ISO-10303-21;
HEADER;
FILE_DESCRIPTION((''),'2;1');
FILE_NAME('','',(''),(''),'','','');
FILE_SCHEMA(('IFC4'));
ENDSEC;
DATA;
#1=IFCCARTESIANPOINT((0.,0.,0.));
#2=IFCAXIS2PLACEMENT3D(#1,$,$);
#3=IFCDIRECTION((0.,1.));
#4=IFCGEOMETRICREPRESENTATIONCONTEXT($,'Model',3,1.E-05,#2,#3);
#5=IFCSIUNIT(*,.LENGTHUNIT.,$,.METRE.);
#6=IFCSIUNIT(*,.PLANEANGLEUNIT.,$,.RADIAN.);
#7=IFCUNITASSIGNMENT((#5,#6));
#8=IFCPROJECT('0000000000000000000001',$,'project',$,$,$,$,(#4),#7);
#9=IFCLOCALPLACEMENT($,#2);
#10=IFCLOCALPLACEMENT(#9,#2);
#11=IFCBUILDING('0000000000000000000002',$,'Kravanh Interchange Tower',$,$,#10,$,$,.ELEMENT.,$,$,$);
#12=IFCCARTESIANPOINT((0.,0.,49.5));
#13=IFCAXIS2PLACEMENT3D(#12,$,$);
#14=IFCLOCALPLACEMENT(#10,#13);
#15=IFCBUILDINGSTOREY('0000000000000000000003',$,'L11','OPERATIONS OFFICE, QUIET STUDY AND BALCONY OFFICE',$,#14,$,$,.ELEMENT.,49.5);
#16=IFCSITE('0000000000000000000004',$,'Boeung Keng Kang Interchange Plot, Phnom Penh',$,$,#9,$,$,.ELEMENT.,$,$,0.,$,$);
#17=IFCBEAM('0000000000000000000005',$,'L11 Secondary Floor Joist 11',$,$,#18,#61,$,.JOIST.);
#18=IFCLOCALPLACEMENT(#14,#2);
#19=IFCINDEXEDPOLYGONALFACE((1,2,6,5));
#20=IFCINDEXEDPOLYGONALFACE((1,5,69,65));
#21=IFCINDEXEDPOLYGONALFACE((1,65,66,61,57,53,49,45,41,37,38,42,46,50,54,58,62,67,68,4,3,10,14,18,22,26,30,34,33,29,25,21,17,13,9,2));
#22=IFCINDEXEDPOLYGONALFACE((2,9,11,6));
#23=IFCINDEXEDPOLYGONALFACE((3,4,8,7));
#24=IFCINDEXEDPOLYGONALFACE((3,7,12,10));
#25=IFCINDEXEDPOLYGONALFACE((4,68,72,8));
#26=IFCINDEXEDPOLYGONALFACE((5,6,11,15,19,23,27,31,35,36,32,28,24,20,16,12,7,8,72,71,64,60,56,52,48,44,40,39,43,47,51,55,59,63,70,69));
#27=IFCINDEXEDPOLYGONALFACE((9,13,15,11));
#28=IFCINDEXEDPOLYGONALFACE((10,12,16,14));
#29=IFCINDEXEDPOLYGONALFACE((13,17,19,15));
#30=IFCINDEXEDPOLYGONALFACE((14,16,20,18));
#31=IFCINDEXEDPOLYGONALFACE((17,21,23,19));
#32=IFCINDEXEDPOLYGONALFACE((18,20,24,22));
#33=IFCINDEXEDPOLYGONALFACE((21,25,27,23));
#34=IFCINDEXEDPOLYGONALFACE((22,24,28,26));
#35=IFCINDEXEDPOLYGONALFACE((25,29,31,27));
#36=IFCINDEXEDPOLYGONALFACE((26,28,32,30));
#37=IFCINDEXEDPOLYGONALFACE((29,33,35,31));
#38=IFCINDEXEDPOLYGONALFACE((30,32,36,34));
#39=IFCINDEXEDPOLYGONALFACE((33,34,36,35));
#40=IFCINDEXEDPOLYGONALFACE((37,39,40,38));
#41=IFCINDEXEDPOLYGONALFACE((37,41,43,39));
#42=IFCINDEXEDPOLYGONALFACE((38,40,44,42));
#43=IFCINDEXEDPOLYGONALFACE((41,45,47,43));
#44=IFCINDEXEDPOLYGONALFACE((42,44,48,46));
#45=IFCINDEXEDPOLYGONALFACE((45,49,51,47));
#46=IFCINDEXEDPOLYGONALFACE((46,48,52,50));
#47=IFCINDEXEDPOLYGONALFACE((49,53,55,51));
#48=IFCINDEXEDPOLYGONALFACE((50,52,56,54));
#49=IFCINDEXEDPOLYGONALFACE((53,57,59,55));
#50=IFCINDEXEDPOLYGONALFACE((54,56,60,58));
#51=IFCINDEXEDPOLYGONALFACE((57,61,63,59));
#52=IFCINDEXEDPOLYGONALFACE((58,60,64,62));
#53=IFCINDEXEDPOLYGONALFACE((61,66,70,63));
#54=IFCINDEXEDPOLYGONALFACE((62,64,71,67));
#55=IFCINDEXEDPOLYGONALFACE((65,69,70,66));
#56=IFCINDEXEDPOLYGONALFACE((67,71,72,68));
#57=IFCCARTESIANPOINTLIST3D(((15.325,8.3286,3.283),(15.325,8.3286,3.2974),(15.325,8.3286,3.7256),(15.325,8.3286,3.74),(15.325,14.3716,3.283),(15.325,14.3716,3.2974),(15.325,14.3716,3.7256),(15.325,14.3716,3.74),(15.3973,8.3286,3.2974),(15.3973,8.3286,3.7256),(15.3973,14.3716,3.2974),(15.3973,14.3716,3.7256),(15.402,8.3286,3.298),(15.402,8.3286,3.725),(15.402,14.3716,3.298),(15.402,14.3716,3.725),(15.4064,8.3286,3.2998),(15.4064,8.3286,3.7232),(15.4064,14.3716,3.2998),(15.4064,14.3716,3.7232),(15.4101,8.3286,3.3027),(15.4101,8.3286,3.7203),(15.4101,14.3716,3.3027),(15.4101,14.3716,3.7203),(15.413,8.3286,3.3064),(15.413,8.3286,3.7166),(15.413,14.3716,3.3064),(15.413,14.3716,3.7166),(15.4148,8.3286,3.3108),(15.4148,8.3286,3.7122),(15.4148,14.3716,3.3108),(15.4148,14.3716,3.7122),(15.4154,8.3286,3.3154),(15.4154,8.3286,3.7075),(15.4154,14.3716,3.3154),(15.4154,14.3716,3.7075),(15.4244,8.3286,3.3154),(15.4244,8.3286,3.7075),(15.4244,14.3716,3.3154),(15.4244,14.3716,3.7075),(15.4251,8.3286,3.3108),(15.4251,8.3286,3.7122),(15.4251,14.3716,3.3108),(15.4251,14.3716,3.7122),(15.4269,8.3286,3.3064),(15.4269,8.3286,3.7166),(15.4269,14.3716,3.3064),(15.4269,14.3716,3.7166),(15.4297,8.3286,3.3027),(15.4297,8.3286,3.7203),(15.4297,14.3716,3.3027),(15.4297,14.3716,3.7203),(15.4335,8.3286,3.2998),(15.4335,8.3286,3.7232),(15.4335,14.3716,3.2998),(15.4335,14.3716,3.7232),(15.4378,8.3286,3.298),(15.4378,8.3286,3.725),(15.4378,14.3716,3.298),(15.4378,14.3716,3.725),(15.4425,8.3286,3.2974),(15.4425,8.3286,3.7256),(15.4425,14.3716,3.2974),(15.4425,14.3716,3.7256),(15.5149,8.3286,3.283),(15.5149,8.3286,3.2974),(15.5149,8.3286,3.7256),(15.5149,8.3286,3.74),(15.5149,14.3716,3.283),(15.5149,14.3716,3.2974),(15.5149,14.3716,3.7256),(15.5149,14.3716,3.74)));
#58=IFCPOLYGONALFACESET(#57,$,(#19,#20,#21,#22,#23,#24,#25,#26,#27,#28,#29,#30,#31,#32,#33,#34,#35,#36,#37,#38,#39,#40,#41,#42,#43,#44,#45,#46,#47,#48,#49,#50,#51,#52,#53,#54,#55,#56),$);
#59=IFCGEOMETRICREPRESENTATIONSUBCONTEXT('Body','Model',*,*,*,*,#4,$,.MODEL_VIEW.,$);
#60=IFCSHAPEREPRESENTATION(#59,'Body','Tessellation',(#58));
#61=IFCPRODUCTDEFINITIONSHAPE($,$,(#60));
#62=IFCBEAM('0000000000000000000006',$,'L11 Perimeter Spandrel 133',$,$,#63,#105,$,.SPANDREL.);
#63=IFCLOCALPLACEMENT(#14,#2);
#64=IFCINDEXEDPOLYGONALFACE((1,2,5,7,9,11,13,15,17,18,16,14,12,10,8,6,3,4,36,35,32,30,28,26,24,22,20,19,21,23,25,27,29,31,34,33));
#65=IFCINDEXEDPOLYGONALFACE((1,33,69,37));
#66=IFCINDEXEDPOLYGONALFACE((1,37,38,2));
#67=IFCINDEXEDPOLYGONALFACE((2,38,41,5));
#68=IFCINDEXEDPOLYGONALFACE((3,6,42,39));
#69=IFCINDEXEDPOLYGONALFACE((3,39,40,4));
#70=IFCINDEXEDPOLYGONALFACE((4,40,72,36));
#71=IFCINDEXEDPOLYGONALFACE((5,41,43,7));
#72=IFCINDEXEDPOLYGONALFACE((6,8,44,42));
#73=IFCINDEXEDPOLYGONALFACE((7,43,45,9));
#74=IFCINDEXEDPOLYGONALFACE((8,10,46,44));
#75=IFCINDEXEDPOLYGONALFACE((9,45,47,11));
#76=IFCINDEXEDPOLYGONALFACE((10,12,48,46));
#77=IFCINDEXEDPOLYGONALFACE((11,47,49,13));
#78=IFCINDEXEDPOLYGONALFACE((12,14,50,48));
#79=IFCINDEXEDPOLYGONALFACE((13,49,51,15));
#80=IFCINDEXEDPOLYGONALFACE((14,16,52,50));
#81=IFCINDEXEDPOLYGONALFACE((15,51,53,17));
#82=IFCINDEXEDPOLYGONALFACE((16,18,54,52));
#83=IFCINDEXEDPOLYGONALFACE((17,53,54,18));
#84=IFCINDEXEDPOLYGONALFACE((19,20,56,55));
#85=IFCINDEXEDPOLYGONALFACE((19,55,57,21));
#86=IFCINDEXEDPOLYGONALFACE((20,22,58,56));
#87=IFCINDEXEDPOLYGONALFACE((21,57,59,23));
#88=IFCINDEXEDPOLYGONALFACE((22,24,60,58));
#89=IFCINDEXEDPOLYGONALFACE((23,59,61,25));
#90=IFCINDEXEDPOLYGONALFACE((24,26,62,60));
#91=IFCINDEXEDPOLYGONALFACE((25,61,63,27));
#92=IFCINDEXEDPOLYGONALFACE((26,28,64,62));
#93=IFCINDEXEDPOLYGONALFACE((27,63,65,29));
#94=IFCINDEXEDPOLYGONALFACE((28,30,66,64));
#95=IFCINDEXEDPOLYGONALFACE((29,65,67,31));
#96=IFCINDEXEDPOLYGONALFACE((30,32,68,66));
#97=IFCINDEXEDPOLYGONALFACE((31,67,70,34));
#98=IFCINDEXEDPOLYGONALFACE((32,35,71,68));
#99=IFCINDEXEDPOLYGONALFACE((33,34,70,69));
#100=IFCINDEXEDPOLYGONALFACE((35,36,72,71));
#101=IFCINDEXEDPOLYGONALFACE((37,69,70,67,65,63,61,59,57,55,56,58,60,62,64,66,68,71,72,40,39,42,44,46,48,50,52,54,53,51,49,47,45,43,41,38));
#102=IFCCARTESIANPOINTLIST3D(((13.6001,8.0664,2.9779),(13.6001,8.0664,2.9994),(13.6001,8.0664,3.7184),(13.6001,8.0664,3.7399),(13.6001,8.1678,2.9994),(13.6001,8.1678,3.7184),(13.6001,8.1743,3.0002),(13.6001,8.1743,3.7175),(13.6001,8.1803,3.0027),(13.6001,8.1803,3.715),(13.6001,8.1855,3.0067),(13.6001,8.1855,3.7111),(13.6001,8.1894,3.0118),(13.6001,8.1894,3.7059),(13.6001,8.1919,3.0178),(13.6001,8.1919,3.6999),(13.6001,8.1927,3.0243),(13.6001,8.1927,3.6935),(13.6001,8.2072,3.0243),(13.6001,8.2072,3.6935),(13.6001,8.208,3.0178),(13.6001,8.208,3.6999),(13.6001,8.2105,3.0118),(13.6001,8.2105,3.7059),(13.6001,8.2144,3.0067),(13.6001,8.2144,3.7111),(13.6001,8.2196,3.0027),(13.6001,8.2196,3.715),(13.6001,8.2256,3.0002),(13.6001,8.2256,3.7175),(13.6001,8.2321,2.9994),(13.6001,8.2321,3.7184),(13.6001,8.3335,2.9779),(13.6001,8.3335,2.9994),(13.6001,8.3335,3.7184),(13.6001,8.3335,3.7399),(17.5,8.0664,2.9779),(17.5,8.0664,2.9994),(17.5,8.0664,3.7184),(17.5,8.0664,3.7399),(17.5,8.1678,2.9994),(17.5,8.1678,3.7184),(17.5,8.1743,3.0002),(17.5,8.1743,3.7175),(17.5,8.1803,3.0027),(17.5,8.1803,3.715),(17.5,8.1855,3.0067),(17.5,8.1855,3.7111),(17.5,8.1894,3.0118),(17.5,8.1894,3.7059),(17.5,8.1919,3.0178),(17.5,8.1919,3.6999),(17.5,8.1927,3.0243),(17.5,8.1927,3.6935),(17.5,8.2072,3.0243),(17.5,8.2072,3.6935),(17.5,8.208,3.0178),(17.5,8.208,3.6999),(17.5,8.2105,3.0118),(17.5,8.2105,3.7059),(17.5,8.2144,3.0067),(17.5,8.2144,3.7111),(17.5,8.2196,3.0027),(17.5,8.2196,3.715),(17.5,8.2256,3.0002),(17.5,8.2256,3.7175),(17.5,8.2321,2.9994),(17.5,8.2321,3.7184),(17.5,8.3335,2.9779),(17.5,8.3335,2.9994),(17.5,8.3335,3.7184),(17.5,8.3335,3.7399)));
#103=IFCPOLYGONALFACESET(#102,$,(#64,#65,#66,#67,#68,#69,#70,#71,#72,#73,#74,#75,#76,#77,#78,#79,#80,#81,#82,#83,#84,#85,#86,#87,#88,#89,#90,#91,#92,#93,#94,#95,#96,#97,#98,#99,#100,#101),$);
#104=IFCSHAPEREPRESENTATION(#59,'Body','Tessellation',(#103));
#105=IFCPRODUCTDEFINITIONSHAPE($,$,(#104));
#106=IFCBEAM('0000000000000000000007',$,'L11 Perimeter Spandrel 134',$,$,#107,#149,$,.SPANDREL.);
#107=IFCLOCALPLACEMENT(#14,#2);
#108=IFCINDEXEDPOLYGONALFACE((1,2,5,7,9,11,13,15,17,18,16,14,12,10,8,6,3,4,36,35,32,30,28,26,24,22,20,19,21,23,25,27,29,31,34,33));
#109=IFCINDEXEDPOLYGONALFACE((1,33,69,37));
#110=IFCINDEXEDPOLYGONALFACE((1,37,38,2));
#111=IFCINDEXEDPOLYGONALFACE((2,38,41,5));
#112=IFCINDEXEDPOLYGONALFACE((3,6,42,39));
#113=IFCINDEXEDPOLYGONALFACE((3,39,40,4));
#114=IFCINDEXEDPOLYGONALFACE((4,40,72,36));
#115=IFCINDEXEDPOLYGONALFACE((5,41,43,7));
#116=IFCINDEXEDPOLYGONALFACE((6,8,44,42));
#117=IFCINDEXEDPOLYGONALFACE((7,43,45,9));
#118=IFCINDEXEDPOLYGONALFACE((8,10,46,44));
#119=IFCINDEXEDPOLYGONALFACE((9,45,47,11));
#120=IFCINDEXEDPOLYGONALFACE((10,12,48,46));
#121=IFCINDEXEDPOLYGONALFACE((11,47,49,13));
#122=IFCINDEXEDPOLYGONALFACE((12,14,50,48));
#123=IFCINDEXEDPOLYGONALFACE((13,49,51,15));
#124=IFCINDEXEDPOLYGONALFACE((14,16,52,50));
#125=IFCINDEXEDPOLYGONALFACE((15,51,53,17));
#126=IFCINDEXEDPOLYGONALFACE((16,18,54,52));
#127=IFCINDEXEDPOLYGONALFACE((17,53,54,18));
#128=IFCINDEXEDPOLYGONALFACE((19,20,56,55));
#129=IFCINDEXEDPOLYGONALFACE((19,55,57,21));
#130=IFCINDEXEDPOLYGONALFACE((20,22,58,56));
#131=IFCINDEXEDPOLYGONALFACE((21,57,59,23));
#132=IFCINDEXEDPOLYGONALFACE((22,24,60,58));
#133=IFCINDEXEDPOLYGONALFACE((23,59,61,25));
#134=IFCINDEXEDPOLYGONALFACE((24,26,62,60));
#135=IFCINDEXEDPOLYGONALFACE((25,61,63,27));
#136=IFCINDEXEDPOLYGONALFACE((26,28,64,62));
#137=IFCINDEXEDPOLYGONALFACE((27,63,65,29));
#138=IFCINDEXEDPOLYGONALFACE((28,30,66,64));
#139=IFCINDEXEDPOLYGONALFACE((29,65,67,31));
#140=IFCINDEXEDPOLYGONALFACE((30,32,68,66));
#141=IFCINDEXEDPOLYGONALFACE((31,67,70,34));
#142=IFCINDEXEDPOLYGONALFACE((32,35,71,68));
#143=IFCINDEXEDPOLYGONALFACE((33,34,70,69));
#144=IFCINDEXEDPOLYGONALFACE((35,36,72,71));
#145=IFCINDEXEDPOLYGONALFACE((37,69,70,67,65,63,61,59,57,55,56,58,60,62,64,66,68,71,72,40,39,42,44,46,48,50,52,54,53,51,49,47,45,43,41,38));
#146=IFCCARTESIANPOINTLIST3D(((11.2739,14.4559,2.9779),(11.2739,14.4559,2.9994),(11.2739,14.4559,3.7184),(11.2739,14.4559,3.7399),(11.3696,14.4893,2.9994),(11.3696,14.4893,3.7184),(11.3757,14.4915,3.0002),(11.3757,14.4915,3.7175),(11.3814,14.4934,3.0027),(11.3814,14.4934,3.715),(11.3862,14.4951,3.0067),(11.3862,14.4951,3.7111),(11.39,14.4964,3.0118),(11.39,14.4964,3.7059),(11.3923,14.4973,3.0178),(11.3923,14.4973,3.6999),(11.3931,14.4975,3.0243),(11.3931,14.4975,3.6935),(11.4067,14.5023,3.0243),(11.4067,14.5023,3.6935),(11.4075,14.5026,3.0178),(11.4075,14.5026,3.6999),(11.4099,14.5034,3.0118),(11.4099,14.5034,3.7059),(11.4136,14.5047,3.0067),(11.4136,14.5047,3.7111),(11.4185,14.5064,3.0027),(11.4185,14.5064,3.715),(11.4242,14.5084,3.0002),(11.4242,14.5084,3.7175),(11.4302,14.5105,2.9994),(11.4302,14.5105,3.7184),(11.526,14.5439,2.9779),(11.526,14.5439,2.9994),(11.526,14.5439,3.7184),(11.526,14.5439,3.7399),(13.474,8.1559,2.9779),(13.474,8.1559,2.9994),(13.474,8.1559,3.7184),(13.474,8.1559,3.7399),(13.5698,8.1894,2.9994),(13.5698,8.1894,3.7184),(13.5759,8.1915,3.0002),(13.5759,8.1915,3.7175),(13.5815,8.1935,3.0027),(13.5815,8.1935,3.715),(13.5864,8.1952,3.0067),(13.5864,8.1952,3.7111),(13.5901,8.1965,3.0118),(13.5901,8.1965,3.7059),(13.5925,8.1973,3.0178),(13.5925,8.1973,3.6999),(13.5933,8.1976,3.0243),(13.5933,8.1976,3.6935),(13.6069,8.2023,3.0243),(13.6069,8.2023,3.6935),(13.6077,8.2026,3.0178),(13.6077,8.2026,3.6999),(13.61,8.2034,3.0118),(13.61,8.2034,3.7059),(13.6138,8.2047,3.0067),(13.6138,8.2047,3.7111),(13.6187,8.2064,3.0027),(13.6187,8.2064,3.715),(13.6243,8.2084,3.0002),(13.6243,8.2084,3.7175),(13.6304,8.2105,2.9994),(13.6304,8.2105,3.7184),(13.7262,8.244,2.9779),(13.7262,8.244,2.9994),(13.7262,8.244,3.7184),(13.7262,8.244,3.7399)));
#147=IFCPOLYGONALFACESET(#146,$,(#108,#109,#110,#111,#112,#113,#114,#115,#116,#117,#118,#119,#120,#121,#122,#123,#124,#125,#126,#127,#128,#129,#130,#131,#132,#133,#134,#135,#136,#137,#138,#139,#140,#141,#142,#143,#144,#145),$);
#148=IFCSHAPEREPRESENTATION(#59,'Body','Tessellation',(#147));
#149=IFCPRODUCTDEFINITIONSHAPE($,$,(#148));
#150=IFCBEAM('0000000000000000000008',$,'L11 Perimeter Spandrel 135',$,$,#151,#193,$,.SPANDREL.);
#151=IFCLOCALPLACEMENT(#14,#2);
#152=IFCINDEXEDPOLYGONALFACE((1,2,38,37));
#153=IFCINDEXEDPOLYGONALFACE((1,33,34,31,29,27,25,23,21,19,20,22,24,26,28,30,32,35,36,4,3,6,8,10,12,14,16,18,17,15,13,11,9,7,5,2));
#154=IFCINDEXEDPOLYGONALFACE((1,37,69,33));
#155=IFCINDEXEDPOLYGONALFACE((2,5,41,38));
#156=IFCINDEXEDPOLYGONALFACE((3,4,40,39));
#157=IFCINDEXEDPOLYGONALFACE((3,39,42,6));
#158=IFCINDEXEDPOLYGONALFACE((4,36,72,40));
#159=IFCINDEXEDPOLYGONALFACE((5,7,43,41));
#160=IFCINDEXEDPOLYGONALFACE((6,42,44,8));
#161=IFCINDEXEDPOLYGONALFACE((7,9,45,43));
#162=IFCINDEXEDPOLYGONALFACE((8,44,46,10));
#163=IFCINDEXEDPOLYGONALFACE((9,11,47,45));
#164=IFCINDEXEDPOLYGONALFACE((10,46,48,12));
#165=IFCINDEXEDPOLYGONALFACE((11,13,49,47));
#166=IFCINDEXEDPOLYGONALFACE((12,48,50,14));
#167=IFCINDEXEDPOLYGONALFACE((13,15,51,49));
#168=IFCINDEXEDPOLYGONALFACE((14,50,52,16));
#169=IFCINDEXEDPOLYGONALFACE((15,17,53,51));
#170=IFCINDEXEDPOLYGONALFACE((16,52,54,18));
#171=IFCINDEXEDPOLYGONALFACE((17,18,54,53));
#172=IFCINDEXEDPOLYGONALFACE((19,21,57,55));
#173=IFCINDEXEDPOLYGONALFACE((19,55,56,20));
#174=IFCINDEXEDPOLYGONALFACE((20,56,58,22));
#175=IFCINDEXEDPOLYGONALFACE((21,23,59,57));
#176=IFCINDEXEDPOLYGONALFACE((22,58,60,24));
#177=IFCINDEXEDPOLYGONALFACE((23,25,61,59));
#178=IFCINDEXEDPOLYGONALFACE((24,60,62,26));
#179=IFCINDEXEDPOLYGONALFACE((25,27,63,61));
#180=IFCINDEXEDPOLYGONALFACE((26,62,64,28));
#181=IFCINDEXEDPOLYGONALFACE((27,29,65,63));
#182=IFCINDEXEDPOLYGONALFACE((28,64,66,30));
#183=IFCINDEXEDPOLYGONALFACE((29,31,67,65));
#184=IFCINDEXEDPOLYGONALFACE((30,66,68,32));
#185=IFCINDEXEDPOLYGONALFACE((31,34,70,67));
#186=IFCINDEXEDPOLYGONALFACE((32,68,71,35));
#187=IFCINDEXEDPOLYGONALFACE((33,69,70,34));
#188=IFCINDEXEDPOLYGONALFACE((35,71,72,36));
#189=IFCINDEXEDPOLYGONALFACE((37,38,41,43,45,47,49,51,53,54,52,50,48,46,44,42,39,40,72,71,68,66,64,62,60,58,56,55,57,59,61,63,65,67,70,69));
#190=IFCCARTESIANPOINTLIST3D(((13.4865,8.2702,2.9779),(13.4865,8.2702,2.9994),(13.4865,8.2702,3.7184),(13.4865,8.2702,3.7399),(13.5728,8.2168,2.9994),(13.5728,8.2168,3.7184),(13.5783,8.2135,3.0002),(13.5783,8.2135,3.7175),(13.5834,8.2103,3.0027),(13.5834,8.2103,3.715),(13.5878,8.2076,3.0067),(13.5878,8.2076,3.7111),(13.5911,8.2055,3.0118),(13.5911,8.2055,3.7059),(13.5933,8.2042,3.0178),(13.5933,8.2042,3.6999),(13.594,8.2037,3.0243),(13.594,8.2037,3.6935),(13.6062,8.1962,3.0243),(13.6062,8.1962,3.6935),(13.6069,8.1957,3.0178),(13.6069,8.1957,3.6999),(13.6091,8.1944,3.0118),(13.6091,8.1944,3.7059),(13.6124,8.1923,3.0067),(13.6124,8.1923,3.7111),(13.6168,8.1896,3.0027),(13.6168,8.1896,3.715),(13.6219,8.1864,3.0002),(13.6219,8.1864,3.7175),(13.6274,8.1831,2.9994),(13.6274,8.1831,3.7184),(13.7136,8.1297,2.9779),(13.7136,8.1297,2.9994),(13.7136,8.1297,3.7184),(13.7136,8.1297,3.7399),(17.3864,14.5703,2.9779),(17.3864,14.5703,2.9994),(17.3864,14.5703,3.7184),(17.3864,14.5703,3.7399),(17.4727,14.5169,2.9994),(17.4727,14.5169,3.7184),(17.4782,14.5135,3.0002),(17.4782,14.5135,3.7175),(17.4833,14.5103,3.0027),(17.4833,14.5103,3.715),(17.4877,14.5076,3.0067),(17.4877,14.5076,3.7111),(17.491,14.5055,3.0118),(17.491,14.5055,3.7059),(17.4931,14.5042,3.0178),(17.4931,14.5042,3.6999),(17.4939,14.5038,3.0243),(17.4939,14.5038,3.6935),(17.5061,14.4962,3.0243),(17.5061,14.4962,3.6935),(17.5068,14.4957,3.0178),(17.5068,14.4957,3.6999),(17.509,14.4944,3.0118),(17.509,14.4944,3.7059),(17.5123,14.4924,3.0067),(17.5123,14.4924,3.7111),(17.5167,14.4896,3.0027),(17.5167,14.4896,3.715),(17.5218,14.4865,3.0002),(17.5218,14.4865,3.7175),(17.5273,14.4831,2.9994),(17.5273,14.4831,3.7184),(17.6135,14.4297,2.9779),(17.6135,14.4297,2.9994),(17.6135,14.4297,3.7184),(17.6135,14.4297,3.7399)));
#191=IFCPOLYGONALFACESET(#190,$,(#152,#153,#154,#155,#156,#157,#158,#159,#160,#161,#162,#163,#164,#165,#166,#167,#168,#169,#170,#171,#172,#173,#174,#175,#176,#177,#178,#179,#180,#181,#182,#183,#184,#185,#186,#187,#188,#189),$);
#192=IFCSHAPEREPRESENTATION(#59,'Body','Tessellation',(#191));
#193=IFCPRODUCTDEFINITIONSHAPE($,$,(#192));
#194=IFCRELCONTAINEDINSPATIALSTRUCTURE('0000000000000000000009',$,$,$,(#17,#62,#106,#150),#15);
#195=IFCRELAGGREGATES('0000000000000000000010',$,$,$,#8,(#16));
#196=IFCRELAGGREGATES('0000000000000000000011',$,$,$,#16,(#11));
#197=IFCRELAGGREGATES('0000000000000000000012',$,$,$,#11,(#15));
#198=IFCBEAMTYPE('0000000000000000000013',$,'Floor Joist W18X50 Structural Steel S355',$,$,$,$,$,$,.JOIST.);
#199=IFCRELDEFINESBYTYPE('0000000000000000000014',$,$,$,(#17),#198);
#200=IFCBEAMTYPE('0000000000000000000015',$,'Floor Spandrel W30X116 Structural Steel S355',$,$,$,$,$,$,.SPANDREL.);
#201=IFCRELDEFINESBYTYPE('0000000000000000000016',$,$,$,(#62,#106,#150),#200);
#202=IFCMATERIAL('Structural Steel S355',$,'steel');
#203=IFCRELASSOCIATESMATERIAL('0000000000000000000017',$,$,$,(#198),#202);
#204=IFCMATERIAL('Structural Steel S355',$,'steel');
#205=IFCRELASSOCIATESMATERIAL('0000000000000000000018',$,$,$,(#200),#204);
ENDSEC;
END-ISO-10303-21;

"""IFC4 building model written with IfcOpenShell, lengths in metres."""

from ifc_helpers import new_model, si_unit, direction, frame, origin, origin_2d, place, context, subcontext, project, spatial, i_section, extrude, material, material_profile, profile_set, type_object, element, save


model = new_model("IFC4")

# Units and contexts
model_context = context("Model", 3, precision=1e-05, world=origin(), true_north=direction((0.0, 1.0)))
body_context = subcontext(model_context, "Body", "Model", "MODEL_VIEW")
ifc_project = project(units=[si_unit("LENGTHUNIT", "METRE"), si_unit("PLANEANGLEUNIT", "RADIAN")], contexts=[model_context])

# Site, building, storey
site_placement = place(None, origin())
site = spatial("IfcSite", under=ifc_project, at=site_placement, Name="Boeung Keng Kang Interchange Plot, Phnom Penh", CompositionType="ELEMENT", RefElevation=0.0)
building_placement = place(site_placement, origin())
building = spatial("IfcBuilding", under=site, at=building_placement, Name="Kravanh Interchange Tower", CompositionType="ELEMENT")
storey_placement = place(building_placement, frame((0.0, 0.0, 49.5)))
storey = spatial("IfcBuildingStorey", under=building, at=storey_placement, Name="L11", Description="OPERATIONS OFFICE, QUIET STUDY AND BALCONY OFFICE", CompositionType="ELEMENT", Elevation=49.5)

# Beams
ifc_material_1 = material(Name="Structural Steel S355", Category="steel")
ifc_material_profile_1 = material_profile(ifc_material_1, i_section(OverallWidth=0.1899, OverallDepth=0.457, WebThickness=0.009, FlangeThickness=0.0144, FilletRadius=0.0181, at=origin_2d()), Name="W18X50")
ifc_profile_set_1 = profile_set([ifc_material_profile_1], Name="Structural Steel S355")
beam_type_1 = type_object("IfcBeamType", Name="Floor Joist W18X50 Structural Steel S355", PredefinedType="JOIST", material=ifc_profile_set_1)
for number, where, z_axis, x_axis, name in (
    (1, (15.4199, 8.3286, 3.5115), (0.0, 1.0, 0.0), (-1.0, 0.0, 0.0), "L11 Secondary Floor Joist 11"),
):
    element("IfcBeam", number, at=place(storey_placement, frame(where, z_axis=z_axis, x_axis=x_axis)), inside=storey, type_object=beam_type_1, Name=name, PredefinedType="JOIST", context=body_context, shape_type="SweptSolid", body=[
        extrude(i_section(OverallWidth=0.1899, OverallDepth=0.457, WebThickness=0.009, FlangeThickness=0.0144, FilletRadius=0.0181, at=origin_2d()), origin(), (0.0, 0.0, 1.0), 6.043),
    ])
ifc_material_2 = material(Name="Structural Steel S355", Category="steel")
ifc_material_profile_2 = material_profile(ifc_material_2, i_section(OverallWidth=0.2671, OverallDepth=0.762, WebThickness=0.0144, FlangeThickness=0.0215, FilletRadius=0.0249, at=origin_2d()), Name="W30X116")
ifc_profile_set_2 = profile_set([ifc_material_profile_2], Name="Structural Steel S355")
beam_type_2 = type_object("IfcBeamType", Name="Floor Spandrel W30X116 Structural Steel S355", PredefinedType="SPANDREL", material=ifc_profile_set_2)
beam_1_placement = place(storey_placement, frame((13.6001, 8.2, 3.3589), z_axis=(1.0, 0.0, 0.0), x_axis=(0.0, 1.0, 0.0)))
element("IfcBeam", 2, at=beam_1_placement, inside=storey, type_object=beam_type_2, Name="L11 Perimeter Spandrel 133", PredefinedType="SPANDREL", context=body_context, shape_type="SweptSolid", body=[
    extrude(i_section(OverallWidth=0.2671, OverallDepth=0.762, WebThickness=0.0144, FlangeThickness=0.0215, FilletRadius=0.0249, at=origin_2d()), origin(), (0.0, 0.0, 1.0), 3.8999),
])
beam_2_placement = place(storey_placement, frame((13.6001, 8.2, 3.3589), z_axis=(-0.329707, 0.944083, 0.0), x_axis=(-0.944083, -0.329707, 0.0)))
element("IfcBeam", 3, at=beam_2_placement, inside=storey, type_object=beam_type_2, Name="L11 Perimeter Spandrel 134", PredefinedType="SPANDREL", context=body_context, shape_type="SweptSolid", body=[
    extrude(i_section(OverallWidth=0.2671, OverallDepth=0.762, WebThickness=0.0144, FlangeThickness=0.0215, FilletRadius=0.0249, at=origin_2d()), origin(), (0.0, 0.0, 1.0), 6.6731),
])
beam_3_placement = place(storey_placement, frame((13.6001, 8.2, 3.3589), z_axis=(0.526342, 0.850273, 0.0), x_axis=(-0.850273, 0.526342, 0.0)))
element("IfcBeam", 4, at=beam_3_placement, inside=storey, type_object=beam_type_2, Name="L11 Perimeter Spandrel 135", PredefinedType="SPANDREL", context=body_context, shape_type="SweptSolid", body=[
    extrude(i_section(OverallWidth=0.2671, OverallDepth=0.762, WebThickness=0.0144, FlangeThickness=0.0215, FilletRadius=0.0249, at=origin_2d()), origin(), (0.0, 0.0, 1.0), 7.4094),
])

save(model, "model.ifc")
